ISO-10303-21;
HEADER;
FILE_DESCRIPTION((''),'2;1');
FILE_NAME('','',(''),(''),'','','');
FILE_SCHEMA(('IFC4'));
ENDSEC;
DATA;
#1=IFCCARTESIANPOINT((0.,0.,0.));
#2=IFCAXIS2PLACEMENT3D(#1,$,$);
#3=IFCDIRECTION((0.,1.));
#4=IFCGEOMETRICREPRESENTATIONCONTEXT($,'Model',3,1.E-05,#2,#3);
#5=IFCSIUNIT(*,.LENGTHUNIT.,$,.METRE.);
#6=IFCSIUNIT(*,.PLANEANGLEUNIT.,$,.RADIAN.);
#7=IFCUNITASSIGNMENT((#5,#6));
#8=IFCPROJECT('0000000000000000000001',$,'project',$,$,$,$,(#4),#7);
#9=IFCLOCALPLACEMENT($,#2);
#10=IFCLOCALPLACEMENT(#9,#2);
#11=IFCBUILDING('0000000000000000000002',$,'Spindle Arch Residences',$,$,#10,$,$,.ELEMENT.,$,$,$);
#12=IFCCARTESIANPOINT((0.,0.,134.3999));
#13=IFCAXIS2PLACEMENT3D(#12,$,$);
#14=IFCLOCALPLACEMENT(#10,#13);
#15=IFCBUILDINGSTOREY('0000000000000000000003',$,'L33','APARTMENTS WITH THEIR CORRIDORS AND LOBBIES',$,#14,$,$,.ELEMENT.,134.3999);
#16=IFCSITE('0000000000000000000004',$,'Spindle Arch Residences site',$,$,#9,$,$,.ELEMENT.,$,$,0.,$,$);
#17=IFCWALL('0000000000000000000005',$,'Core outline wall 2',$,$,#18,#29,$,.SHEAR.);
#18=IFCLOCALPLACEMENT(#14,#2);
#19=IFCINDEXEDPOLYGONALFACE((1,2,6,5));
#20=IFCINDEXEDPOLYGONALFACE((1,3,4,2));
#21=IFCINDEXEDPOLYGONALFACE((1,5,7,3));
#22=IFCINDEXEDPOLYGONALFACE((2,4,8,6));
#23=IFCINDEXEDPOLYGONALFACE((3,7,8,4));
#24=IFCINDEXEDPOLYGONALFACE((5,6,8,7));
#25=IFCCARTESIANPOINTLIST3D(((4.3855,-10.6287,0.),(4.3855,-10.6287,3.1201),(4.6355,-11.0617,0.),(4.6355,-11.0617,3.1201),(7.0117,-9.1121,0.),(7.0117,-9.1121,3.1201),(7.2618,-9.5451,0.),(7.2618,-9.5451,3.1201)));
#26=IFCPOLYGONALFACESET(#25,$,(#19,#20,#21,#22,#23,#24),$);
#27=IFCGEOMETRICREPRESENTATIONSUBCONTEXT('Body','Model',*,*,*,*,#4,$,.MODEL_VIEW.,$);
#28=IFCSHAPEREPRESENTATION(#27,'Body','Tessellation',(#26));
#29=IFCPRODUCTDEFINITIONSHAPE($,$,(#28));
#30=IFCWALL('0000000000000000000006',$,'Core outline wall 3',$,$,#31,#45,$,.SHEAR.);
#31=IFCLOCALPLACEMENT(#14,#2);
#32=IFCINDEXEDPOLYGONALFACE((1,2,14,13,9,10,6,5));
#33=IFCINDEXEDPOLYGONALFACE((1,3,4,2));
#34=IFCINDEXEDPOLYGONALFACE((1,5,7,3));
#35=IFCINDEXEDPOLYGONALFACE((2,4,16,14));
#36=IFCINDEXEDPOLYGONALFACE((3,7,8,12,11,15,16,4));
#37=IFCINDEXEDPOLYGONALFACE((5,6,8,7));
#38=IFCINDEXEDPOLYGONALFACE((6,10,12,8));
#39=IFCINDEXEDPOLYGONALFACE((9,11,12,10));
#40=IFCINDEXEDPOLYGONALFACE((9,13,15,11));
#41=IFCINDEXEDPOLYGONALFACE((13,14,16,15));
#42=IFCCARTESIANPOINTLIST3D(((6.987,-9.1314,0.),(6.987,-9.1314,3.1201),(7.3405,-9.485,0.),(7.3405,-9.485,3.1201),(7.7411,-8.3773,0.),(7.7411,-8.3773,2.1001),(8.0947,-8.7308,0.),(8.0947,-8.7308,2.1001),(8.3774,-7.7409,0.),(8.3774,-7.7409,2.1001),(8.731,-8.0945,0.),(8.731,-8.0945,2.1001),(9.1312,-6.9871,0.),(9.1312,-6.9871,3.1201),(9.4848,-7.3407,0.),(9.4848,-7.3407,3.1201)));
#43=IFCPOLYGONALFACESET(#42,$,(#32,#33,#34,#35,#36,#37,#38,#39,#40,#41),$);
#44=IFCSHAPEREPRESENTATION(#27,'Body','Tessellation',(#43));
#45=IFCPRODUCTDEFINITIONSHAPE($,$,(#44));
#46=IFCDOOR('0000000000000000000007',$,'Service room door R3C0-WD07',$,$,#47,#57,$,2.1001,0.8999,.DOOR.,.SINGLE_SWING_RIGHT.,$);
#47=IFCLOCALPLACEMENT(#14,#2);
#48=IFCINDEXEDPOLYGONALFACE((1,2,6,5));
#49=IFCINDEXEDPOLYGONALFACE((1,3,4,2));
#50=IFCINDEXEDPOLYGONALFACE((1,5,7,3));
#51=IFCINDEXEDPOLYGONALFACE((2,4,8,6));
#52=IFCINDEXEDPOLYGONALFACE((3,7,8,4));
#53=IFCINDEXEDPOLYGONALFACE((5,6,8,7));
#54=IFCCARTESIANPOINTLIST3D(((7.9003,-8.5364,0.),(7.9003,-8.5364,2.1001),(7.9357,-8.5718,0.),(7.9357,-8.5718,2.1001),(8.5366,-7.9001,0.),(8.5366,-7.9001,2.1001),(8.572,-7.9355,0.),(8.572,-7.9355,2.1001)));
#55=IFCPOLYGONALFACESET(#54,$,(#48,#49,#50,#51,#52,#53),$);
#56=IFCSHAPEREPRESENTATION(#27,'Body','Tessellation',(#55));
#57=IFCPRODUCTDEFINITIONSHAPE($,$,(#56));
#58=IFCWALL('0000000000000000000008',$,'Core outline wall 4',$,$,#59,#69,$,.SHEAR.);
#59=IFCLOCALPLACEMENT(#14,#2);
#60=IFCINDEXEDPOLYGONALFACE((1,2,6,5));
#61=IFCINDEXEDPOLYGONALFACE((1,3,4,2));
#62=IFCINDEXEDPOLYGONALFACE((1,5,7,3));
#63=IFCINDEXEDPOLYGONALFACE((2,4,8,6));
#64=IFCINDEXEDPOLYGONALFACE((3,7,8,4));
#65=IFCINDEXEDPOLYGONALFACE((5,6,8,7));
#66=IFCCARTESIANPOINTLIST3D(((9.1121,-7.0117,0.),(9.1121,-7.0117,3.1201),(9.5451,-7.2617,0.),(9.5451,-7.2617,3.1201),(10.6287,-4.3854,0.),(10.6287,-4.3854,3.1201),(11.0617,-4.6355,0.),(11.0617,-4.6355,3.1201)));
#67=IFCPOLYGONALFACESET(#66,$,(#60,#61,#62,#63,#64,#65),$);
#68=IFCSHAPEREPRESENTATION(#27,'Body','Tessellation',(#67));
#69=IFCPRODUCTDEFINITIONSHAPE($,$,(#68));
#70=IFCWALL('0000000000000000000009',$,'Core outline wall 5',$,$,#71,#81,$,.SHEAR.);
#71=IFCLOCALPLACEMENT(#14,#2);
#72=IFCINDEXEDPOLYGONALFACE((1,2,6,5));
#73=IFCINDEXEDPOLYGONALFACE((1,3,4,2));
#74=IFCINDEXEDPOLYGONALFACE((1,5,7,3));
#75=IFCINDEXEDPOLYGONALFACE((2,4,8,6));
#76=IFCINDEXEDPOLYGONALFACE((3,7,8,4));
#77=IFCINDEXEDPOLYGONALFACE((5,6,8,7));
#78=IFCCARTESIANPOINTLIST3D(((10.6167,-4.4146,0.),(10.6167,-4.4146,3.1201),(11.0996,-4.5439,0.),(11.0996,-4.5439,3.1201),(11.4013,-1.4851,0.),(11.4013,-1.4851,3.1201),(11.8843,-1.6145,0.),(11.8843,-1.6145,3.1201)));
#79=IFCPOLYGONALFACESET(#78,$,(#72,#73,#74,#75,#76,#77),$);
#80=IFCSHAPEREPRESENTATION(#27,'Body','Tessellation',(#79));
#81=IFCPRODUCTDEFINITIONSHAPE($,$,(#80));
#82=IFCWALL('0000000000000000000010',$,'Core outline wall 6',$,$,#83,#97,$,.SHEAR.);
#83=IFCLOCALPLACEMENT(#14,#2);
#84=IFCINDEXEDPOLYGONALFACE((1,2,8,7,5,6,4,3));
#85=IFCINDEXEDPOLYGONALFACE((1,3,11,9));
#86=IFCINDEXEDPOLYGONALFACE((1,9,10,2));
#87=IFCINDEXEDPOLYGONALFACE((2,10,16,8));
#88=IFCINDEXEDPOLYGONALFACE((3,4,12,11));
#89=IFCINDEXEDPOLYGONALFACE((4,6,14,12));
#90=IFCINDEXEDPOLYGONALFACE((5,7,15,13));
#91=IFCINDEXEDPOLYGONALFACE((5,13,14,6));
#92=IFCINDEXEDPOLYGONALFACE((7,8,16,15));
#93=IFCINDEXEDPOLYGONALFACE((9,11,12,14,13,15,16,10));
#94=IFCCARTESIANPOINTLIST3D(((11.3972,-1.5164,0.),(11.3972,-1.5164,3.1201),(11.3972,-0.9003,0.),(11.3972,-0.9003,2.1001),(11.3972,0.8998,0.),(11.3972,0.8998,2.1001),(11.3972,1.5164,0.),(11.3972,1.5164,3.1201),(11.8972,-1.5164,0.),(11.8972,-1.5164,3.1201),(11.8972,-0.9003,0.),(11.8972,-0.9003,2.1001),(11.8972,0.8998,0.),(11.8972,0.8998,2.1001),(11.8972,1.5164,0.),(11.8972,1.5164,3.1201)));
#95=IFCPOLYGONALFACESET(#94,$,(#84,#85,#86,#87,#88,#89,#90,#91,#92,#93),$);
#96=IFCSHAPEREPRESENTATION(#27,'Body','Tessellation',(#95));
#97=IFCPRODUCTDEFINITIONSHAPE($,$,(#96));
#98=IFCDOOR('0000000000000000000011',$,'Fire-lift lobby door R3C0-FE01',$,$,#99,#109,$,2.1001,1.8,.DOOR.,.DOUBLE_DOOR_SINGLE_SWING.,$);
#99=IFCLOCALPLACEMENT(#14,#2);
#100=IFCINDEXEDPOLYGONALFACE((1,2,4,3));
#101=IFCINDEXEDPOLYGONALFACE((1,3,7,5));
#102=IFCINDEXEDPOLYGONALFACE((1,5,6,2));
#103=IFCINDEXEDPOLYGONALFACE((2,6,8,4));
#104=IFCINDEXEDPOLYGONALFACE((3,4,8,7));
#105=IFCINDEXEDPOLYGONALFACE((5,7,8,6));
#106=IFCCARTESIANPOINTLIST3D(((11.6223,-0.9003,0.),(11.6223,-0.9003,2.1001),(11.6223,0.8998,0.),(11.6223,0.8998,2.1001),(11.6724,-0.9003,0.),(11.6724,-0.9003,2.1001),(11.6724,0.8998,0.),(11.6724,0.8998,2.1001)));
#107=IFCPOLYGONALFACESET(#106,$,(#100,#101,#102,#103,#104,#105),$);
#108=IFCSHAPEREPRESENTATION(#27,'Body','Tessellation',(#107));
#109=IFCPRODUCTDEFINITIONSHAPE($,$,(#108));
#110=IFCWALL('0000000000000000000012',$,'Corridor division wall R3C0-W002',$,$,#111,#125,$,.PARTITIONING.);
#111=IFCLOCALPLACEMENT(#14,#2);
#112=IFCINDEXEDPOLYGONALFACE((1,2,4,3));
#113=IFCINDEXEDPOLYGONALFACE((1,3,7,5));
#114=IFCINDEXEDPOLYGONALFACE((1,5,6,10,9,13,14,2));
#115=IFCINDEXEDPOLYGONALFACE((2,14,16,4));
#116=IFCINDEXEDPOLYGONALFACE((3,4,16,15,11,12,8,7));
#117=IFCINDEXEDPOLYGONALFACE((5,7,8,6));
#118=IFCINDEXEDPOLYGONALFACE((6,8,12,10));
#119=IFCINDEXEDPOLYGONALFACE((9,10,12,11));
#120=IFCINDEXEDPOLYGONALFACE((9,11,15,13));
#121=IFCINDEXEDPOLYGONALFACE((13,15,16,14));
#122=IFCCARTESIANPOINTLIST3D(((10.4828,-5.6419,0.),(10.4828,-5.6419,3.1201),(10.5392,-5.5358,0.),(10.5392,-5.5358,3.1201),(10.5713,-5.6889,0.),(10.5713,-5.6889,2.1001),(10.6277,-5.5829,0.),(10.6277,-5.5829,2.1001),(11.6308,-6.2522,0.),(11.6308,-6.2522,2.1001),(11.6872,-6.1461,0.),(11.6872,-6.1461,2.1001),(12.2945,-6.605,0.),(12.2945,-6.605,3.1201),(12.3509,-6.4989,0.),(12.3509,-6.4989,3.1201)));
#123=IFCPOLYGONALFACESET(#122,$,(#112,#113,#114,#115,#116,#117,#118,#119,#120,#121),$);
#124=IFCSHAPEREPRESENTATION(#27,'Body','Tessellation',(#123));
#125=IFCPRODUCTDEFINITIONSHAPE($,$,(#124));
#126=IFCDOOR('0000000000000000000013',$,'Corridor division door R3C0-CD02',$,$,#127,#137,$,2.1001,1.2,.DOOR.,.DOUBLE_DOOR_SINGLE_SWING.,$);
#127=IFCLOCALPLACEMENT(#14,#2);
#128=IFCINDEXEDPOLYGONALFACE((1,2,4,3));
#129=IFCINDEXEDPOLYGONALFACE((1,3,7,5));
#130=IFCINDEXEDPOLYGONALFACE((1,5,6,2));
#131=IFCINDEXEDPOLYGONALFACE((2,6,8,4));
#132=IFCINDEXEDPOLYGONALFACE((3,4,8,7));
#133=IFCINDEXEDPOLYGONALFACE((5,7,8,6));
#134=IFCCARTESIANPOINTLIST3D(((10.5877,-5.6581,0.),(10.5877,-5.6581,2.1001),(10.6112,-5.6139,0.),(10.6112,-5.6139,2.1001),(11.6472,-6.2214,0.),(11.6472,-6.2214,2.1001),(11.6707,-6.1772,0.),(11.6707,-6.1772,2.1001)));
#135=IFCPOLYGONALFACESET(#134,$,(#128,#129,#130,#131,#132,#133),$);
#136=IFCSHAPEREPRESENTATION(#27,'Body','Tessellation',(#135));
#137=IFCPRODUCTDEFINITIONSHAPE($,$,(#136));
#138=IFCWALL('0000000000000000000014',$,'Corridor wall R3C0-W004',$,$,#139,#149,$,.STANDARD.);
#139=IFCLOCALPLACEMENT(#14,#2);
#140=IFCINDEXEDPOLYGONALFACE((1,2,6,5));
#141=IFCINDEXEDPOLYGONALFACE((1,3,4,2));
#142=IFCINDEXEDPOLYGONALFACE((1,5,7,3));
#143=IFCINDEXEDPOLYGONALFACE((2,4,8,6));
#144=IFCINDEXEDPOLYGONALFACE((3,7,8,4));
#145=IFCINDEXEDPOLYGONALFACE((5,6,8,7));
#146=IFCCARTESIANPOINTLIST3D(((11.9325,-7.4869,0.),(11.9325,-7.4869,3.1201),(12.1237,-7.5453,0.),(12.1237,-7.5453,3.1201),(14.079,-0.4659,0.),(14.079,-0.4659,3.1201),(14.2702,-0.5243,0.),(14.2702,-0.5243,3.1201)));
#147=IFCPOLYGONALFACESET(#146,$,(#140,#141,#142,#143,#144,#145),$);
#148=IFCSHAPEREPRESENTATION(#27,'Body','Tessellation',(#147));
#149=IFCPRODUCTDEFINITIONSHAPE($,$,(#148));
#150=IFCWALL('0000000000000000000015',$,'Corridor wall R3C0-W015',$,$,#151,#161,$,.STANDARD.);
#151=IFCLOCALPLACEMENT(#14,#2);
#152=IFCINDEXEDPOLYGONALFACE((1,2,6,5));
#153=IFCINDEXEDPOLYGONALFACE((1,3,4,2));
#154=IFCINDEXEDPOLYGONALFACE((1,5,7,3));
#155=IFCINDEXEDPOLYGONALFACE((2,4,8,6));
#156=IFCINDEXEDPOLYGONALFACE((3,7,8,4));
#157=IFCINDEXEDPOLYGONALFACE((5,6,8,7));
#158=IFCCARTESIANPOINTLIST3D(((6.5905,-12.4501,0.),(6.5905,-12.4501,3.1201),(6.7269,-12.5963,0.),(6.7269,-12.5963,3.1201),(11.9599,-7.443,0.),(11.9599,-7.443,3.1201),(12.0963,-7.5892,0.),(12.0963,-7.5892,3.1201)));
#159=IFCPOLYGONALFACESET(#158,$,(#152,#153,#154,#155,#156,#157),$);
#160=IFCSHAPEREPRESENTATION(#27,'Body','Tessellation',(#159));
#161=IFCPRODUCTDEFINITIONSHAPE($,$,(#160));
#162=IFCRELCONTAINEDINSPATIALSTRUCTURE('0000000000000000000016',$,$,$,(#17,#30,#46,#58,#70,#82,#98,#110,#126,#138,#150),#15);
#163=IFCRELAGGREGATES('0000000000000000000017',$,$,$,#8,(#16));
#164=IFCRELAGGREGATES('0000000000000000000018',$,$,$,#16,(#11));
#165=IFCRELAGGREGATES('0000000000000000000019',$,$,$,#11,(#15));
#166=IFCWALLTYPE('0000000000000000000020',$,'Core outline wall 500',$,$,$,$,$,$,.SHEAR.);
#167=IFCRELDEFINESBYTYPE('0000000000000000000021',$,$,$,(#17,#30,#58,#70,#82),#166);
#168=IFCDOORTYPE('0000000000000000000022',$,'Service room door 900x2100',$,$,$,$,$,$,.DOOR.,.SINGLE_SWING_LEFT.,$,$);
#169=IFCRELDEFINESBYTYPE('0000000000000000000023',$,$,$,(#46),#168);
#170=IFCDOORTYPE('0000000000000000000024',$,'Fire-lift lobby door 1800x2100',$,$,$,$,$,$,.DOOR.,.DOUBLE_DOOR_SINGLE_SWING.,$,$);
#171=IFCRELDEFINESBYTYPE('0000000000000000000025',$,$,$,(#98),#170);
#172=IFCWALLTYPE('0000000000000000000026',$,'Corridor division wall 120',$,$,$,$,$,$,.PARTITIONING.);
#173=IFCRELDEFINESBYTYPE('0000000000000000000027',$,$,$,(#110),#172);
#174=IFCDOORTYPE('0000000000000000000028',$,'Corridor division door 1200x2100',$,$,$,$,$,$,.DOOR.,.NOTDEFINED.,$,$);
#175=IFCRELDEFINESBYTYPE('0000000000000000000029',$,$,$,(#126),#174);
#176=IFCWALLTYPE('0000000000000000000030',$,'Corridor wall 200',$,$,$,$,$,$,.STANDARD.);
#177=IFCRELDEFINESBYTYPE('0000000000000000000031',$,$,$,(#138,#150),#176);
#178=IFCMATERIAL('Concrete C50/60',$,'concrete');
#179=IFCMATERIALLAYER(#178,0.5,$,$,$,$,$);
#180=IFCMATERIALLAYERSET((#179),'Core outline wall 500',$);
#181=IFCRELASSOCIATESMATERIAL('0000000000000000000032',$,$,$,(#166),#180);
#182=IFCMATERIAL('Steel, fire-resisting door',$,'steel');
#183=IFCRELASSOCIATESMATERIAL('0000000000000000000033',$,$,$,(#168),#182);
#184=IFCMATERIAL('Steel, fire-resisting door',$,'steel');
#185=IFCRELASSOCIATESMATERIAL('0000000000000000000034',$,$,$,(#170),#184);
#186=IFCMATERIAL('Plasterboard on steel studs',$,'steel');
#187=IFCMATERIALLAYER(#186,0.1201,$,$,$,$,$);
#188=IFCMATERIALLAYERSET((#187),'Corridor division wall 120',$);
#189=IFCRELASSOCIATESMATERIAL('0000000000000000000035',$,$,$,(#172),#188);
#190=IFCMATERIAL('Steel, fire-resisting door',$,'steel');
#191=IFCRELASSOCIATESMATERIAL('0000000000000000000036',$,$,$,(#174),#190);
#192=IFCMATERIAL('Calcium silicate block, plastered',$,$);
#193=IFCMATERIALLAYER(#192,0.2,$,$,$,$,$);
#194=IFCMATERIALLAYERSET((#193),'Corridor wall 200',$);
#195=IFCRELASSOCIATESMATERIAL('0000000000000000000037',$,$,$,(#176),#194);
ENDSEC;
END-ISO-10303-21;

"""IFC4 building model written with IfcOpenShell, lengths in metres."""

from ifc_helpers import new_model, si_unit, direction, frame, frame_2d, origin, place, context, subcontext, project, spatial, rectangle, extrude, material, layer, layer_set, type_object, element, fill, save


model = new_model("IFC4")

# Units and contexts
model_context = context("Model", 3, precision=1e-05, world=origin(), true_north=direction((0.0, 1.0)))
body_context = subcontext(model_context, "Body", "Model", "MODEL_VIEW")
ifc_project = project(units=[si_unit("LENGTHUNIT", "METRE"), si_unit("PLANEANGLEUNIT", "RADIAN")], contexts=[model_context])

# Site, building, storey
site_placement = place(None, origin())
site = spatial("IfcSite", under=ifc_project, at=site_placement, Name="Spindle Arch Residences site", CompositionType="ELEMENT", RefElevation=0.0)
building_placement = place(site_placement, origin())
building = spatial("IfcBuilding", under=site, at=building_placement, Name="Spindle Arch Residences", CompositionType="ELEMENT")
storey_placement = place(building_placement, frame((0.0, 0.0, 134.3999)))
storey = spatial("IfcBuildingStorey", under=building, at=storey_placement, Name="L33", Description="APARTMENTS WITH THEIR CORRIDORS AND LOBBIES", CompositionType="ELEMENT", Elevation=134.3999)

# Wall
ifc_material_1 = material(Name="Concrete C50/60", Category="concrete")
ifc_layer_1 = layer(ifc_material_1, 0.5)
ifc_layer_set_1 = layer_set([ifc_layer_1], Name="Core outline wall 500")
wall_type_1 = type_object("IfcWallType", Name="Core outline wall 500", PredefinedType="SHEAR", material=ifc_layer_set_1)
wall_1_placement = place(storey_placement, frame((4.5105, -10.8452, 0.0), z_axis=(0.0, 0.0, 1.0), x_axis=(0.865975, 0.500087, 0.0)))
element("IfcWall", 1, at=wall_1_placement, inside=storey, type_object=wall_type_1, Name="Core outline wall 2", PredefinedType="SHEAR", context=body_context, shape_type="SweptSolid", body=[
    extrude(rectangle(XDim=3.0327, YDim=0.5, at=frame_2d((1.5164, 0.0))), origin(), (0.0, 0.0, 1.0), 3.1201),
])

# Wall, opening, door
wall_2_placement = place(storey_placement, frame((7.1638, -9.3081, 0.0), z_axis=(0.0, 0.0, 1.0), x_axis=(0.707107, 0.707107, 0.0)))
wall_2 = element("IfcWall", 2, at=wall_2_placement, inside=storey, type_object=wall_type_1, Name="Core outline wall 3", PredefinedType="SHEAR", context=body_context, shape_type="SweptSolid", body=[
    extrude(rectangle(XDim=3.0325, YDim=0.5, at=frame_2d((1.5161, 0.0))), origin(), (0.0, 0.0, 1.0), 3.1201),
])
opening_1_placement = place(wall_2_placement, frame((1.0664, 0.0, 0.0)))
opening_1 = element("IfcOpeningElement", 3, at=opening_1_placement, cuts=wall_2, PredefinedType="OPENING", context=body_context, shape_type="SweptSolid", body=[
    extrude(rectangle(XDim=0.8999, YDim=2.1001, at=frame_2d((0.45, 1.05))), frame((0.0, 0.26, 0.0), z_axis=(0.0, -1.0, 0.0), x_axis=(1.0, 0.0, 0.0)), (0.0, 0.0, 1.0), 0.52),
])
ifc_material_2 = material(Name="Steel, fire-resisting door", Category="steel")
door_type_1 = type_object("IfcDoorType", Name="Service room door 900x2100", OperationType="SINGLE_SWING_LEFT", PredefinedType="DOOR", material=ifc_material_2)
door_1_placement = place(opening_1_placement, origin())
door_1 = element("IfcDoor", 4, at=door_1_placement, inside=storey, type_object=door_type_1, Name="Service room door R3C0-WD07", OperationType="SINGLE_SWING_RIGHT", OverallHeight=2.1001, OverallWidth=0.8999, PredefinedType="DOOR", context=body_context, shape_type="SweptSolid", body=[
    extrude(rectangle(XDim=0.8999, YDim=2.1001, at=frame_2d((0.45, 1.05))), frame((0.0, 0.0249, 0.0), z_axis=(0.0, -1.0, 0.0), x_axis=(1.0, 0.0, 0.0)), (0.0, 0.0, 1.0), 0.05),
])
fill(opening_1, door_1)

# Walls
for number, where, z_axis, x_axis, name in (
    (5, (9.3286, -7.1367, 0.0), (0.0, 0.0, 1.0), (0.500087, 0.865975, 0.0), "Core outline wall 4"),
    (6, (10.8582, -4.4792, 0.0), (0.0, 0.0, 1.0), (0.258735, 0.965948, 0.0), "Core outline wall 5"),
):
    element("IfcWall", number, at=place(storey_placement, frame(where, z_axis=z_axis, x_axis=x_axis)), inside=storey, type_object=wall_type_1, Name=name, PredefinedType="SHEAR", context=body_context, shape_type="SweptSolid", body=[
        extrude(rectangle(XDim=3.0327, YDim=0.5, at=frame_2d((1.5164, 0.0))), origin(), (0.0, 0.0, 1.0), 3.1201),
    ])

# Walls, openings, doors
wall_3_placement = place(storey_placement, frame((11.6472, -1.5164, 0.0), z_axis=(0.0, 0.0, 1.0), x_axis=(0.0, 1.0, 0.0)))
wall_3 = element("IfcWall", 7, at=wall_3_placement, inside=storey, type_object=wall_type_1, Name="Core outline wall 6", PredefinedType="SHEAR", context=body_context, shape_type="SweptSolid", body=[
    extrude(rectangle(XDim=3.0327, YDim=0.5, at=frame_2d((1.5164, 0.0))), origin(), (0.0, 0.0, 1.0), 3.1201),
])
opening_2_placement = place(wall_3_placement, frame((0.6162, 0.0, 0.0)))
opening_2 = element("IfcOpeningElement", 8, at=opening_2_placement, cuts=wall_3, PredefinedType="OPENING", context=body_context, shape_type="SweptSolid", body=[
    extrude(rectangle(XDim=1.8, YDim=2.1001, at=frame_2d((0.8999, 1.05))), frame((0.0, 0.26, 0.0), z_axis=(0.0, -1.0, 0.0), x_axis=(1.0, 0.0, 0.0)), (0.0, 0.0, 1.0), 0.52),
])
ifc_material_3 = material(Name="Steel, fire-resisting door", Category="steel")
door_type_2 = type_object("IfcDoorType", Name="Fire-lift lobby door 1800x2100", OperationType="DOUBLE_DOOR_SINGLE_SWING", PredefinedType="DOOR", material=ifc_material_3)
door_2_placement = place(opening_2_placement, origin())
door_2 = element("IfcDoor", 9, at=door_2_placement, inside=storey, type_object=door_type_2, Name="Fire-lift lobby door R3C0-FE01", OperationType="DOUBLE_DOOR_SINGLE_SWING", OverallHeight=2.1001, OverallWidth=1.8, PredefinedType="DOOR", context=body_context, shape_type="SweptSolid", body=[
    extrude(rectangle(XDim=1.8, YDim=2.1001, at=frame_2d((0.8999, 1.05))), frame((0.0, 0.0249, 0.0), z_axis=(0.0, -1.0, 0.0), x_axis=(1.0, 0.0, 0.0)), (0.0, 0.0, 1.0), 0.05),
])
fill(opening_2, door_2)
ifc_material_4 = material(Name="Plasterboard on steel studs", Category="steel")
ifc_layer_2 = layer(ifc_material_4, 0.1201)
ifc_layer_set_2 = layer_set([ifc_layer_2], Name="Corridor division wall 120")
wall_type_2 = type_object("IfcWallType", Name="Corridor division wall 120", PredefinedType="PARTITIONING", material=ifc_layer_set_2)
wall_4_placement = place(storey_placement, frame((10.511, -5.5889, 0.0), z_axis=(0.0, 0.0, 1.0), x_axis=(0.882988, -0.469396, 0.0)))
wall_4 = element("IfcWall", 10, at=wall_4_placement, inside=storey, type_object=wall_type_2, Name="Corridor division wall R3C0-W002", PredefinedType="PARTITIONING", context=body_context, shape_type="SweptSolid", body=[
    extrude(rectangle(XDim=2.0518, YDim=0.1201, at=frame_2d((1.0259, 0.0))), origin(), (0.0, 0.0, 1.0), 3.1201),
])
opening_3_placement = place(wall_4_placement, frame((0.1001, 0.0, 0.0)))
opening_3 = element("IfcOpeningElement", 11, at=opening_3_placement, cuts=wall_4, PredefinedType="OPENING", context=body_context, shape_type="SweptSolid", body=[
    extrude(rectangle(XDim=1.2, YDim=2.1001, at=frame_2d((0.6001, 1.05))), frame((0.0, 0.0701, 0.0), z_axis=(0.0, -1.0, 0.0), x_axis=(1.0, 0.0, 0.0)), (0.0, 0.0, 1.0), 0.1401),
])
ifc_material_5 = material(Name="Steel, fire-resisting door", Category="steel")
door_type_3 = type_object("IfcDoorType", Name="Corridor division door 1200x2100", OperationType="NOTDEFINED", PredefinedType="DOOR", material=ifc_material_5)
door_3_placement = place(opening_3_placement, origin())
door_3 = element("IfcDoor", 12, at=door_3_placement, inside=storey, type_object=door_type_3, Name="Corridor division door R3C0-CD02", OperationType="DOUBLE_DOOR_SINGLE_SWING", OverallHeight=2.1001, OverallWidth=1.2, PredefinedType="DOOR", context=body_context, shape_type="SweptSolid", body=[
    extrude(rectangle(XDim=1.2, YDim=2.1001, at=frame_2d((0.6001, 1.05))), frame((0.0, 0.0249, 0.0), z_axis=(0.0, -1.0, 0.0), x_axis=(1.0, 0.0, 0.0)), (0.0, 0.0, 1.0), 0.05),
])
fill(opening_3, door_3)

# Walls
ifc_material_6 = material(Name="Calcium silicate block, plastered")
ifc_layer_3 = layer(ifc_material_6, 0.2)
ifc_layer_set_3 = layer_set([ifc_layer_3], Name="Corridor wall 200")
wall_type_3 = type_object("IfcWallType", Name="Corridor wall 200", PredefinedType="STANDARD", material=ifc_layer_set_3)
for number, where, z_axis, x_axis, name in (
    (13, (12.0281, -7.5161, 0.0), (0.0, 0.0, 1.0), (0.292366, 0.956307, 0.0), "Corridor wall R3C0-W004"),
    (14, (6.6587, -12.5232, 0.0), (0.0, 0.0, 1.0), (0.73135, 0.682002, 0.0), "Corridor wall R3C0-W015"),
):
    element("IfcWall", number, at=place(storey_placement, frame(where, z_axis=z_axis, x_axis=x_axis)), inside=storey, type_object=wall_type_3, Name=name, PredefinedType="STANDARD", context=body_context, shape_type="SweptSolid", body=[
        extrude(rectangle(XDim=7.3418, YDim=0.2, at=frame_2d((3.6709, 0.0))), origin(), (0.0, 0.0, 1.0), 3.1201),
    ])

save(model, "model.ifc")
